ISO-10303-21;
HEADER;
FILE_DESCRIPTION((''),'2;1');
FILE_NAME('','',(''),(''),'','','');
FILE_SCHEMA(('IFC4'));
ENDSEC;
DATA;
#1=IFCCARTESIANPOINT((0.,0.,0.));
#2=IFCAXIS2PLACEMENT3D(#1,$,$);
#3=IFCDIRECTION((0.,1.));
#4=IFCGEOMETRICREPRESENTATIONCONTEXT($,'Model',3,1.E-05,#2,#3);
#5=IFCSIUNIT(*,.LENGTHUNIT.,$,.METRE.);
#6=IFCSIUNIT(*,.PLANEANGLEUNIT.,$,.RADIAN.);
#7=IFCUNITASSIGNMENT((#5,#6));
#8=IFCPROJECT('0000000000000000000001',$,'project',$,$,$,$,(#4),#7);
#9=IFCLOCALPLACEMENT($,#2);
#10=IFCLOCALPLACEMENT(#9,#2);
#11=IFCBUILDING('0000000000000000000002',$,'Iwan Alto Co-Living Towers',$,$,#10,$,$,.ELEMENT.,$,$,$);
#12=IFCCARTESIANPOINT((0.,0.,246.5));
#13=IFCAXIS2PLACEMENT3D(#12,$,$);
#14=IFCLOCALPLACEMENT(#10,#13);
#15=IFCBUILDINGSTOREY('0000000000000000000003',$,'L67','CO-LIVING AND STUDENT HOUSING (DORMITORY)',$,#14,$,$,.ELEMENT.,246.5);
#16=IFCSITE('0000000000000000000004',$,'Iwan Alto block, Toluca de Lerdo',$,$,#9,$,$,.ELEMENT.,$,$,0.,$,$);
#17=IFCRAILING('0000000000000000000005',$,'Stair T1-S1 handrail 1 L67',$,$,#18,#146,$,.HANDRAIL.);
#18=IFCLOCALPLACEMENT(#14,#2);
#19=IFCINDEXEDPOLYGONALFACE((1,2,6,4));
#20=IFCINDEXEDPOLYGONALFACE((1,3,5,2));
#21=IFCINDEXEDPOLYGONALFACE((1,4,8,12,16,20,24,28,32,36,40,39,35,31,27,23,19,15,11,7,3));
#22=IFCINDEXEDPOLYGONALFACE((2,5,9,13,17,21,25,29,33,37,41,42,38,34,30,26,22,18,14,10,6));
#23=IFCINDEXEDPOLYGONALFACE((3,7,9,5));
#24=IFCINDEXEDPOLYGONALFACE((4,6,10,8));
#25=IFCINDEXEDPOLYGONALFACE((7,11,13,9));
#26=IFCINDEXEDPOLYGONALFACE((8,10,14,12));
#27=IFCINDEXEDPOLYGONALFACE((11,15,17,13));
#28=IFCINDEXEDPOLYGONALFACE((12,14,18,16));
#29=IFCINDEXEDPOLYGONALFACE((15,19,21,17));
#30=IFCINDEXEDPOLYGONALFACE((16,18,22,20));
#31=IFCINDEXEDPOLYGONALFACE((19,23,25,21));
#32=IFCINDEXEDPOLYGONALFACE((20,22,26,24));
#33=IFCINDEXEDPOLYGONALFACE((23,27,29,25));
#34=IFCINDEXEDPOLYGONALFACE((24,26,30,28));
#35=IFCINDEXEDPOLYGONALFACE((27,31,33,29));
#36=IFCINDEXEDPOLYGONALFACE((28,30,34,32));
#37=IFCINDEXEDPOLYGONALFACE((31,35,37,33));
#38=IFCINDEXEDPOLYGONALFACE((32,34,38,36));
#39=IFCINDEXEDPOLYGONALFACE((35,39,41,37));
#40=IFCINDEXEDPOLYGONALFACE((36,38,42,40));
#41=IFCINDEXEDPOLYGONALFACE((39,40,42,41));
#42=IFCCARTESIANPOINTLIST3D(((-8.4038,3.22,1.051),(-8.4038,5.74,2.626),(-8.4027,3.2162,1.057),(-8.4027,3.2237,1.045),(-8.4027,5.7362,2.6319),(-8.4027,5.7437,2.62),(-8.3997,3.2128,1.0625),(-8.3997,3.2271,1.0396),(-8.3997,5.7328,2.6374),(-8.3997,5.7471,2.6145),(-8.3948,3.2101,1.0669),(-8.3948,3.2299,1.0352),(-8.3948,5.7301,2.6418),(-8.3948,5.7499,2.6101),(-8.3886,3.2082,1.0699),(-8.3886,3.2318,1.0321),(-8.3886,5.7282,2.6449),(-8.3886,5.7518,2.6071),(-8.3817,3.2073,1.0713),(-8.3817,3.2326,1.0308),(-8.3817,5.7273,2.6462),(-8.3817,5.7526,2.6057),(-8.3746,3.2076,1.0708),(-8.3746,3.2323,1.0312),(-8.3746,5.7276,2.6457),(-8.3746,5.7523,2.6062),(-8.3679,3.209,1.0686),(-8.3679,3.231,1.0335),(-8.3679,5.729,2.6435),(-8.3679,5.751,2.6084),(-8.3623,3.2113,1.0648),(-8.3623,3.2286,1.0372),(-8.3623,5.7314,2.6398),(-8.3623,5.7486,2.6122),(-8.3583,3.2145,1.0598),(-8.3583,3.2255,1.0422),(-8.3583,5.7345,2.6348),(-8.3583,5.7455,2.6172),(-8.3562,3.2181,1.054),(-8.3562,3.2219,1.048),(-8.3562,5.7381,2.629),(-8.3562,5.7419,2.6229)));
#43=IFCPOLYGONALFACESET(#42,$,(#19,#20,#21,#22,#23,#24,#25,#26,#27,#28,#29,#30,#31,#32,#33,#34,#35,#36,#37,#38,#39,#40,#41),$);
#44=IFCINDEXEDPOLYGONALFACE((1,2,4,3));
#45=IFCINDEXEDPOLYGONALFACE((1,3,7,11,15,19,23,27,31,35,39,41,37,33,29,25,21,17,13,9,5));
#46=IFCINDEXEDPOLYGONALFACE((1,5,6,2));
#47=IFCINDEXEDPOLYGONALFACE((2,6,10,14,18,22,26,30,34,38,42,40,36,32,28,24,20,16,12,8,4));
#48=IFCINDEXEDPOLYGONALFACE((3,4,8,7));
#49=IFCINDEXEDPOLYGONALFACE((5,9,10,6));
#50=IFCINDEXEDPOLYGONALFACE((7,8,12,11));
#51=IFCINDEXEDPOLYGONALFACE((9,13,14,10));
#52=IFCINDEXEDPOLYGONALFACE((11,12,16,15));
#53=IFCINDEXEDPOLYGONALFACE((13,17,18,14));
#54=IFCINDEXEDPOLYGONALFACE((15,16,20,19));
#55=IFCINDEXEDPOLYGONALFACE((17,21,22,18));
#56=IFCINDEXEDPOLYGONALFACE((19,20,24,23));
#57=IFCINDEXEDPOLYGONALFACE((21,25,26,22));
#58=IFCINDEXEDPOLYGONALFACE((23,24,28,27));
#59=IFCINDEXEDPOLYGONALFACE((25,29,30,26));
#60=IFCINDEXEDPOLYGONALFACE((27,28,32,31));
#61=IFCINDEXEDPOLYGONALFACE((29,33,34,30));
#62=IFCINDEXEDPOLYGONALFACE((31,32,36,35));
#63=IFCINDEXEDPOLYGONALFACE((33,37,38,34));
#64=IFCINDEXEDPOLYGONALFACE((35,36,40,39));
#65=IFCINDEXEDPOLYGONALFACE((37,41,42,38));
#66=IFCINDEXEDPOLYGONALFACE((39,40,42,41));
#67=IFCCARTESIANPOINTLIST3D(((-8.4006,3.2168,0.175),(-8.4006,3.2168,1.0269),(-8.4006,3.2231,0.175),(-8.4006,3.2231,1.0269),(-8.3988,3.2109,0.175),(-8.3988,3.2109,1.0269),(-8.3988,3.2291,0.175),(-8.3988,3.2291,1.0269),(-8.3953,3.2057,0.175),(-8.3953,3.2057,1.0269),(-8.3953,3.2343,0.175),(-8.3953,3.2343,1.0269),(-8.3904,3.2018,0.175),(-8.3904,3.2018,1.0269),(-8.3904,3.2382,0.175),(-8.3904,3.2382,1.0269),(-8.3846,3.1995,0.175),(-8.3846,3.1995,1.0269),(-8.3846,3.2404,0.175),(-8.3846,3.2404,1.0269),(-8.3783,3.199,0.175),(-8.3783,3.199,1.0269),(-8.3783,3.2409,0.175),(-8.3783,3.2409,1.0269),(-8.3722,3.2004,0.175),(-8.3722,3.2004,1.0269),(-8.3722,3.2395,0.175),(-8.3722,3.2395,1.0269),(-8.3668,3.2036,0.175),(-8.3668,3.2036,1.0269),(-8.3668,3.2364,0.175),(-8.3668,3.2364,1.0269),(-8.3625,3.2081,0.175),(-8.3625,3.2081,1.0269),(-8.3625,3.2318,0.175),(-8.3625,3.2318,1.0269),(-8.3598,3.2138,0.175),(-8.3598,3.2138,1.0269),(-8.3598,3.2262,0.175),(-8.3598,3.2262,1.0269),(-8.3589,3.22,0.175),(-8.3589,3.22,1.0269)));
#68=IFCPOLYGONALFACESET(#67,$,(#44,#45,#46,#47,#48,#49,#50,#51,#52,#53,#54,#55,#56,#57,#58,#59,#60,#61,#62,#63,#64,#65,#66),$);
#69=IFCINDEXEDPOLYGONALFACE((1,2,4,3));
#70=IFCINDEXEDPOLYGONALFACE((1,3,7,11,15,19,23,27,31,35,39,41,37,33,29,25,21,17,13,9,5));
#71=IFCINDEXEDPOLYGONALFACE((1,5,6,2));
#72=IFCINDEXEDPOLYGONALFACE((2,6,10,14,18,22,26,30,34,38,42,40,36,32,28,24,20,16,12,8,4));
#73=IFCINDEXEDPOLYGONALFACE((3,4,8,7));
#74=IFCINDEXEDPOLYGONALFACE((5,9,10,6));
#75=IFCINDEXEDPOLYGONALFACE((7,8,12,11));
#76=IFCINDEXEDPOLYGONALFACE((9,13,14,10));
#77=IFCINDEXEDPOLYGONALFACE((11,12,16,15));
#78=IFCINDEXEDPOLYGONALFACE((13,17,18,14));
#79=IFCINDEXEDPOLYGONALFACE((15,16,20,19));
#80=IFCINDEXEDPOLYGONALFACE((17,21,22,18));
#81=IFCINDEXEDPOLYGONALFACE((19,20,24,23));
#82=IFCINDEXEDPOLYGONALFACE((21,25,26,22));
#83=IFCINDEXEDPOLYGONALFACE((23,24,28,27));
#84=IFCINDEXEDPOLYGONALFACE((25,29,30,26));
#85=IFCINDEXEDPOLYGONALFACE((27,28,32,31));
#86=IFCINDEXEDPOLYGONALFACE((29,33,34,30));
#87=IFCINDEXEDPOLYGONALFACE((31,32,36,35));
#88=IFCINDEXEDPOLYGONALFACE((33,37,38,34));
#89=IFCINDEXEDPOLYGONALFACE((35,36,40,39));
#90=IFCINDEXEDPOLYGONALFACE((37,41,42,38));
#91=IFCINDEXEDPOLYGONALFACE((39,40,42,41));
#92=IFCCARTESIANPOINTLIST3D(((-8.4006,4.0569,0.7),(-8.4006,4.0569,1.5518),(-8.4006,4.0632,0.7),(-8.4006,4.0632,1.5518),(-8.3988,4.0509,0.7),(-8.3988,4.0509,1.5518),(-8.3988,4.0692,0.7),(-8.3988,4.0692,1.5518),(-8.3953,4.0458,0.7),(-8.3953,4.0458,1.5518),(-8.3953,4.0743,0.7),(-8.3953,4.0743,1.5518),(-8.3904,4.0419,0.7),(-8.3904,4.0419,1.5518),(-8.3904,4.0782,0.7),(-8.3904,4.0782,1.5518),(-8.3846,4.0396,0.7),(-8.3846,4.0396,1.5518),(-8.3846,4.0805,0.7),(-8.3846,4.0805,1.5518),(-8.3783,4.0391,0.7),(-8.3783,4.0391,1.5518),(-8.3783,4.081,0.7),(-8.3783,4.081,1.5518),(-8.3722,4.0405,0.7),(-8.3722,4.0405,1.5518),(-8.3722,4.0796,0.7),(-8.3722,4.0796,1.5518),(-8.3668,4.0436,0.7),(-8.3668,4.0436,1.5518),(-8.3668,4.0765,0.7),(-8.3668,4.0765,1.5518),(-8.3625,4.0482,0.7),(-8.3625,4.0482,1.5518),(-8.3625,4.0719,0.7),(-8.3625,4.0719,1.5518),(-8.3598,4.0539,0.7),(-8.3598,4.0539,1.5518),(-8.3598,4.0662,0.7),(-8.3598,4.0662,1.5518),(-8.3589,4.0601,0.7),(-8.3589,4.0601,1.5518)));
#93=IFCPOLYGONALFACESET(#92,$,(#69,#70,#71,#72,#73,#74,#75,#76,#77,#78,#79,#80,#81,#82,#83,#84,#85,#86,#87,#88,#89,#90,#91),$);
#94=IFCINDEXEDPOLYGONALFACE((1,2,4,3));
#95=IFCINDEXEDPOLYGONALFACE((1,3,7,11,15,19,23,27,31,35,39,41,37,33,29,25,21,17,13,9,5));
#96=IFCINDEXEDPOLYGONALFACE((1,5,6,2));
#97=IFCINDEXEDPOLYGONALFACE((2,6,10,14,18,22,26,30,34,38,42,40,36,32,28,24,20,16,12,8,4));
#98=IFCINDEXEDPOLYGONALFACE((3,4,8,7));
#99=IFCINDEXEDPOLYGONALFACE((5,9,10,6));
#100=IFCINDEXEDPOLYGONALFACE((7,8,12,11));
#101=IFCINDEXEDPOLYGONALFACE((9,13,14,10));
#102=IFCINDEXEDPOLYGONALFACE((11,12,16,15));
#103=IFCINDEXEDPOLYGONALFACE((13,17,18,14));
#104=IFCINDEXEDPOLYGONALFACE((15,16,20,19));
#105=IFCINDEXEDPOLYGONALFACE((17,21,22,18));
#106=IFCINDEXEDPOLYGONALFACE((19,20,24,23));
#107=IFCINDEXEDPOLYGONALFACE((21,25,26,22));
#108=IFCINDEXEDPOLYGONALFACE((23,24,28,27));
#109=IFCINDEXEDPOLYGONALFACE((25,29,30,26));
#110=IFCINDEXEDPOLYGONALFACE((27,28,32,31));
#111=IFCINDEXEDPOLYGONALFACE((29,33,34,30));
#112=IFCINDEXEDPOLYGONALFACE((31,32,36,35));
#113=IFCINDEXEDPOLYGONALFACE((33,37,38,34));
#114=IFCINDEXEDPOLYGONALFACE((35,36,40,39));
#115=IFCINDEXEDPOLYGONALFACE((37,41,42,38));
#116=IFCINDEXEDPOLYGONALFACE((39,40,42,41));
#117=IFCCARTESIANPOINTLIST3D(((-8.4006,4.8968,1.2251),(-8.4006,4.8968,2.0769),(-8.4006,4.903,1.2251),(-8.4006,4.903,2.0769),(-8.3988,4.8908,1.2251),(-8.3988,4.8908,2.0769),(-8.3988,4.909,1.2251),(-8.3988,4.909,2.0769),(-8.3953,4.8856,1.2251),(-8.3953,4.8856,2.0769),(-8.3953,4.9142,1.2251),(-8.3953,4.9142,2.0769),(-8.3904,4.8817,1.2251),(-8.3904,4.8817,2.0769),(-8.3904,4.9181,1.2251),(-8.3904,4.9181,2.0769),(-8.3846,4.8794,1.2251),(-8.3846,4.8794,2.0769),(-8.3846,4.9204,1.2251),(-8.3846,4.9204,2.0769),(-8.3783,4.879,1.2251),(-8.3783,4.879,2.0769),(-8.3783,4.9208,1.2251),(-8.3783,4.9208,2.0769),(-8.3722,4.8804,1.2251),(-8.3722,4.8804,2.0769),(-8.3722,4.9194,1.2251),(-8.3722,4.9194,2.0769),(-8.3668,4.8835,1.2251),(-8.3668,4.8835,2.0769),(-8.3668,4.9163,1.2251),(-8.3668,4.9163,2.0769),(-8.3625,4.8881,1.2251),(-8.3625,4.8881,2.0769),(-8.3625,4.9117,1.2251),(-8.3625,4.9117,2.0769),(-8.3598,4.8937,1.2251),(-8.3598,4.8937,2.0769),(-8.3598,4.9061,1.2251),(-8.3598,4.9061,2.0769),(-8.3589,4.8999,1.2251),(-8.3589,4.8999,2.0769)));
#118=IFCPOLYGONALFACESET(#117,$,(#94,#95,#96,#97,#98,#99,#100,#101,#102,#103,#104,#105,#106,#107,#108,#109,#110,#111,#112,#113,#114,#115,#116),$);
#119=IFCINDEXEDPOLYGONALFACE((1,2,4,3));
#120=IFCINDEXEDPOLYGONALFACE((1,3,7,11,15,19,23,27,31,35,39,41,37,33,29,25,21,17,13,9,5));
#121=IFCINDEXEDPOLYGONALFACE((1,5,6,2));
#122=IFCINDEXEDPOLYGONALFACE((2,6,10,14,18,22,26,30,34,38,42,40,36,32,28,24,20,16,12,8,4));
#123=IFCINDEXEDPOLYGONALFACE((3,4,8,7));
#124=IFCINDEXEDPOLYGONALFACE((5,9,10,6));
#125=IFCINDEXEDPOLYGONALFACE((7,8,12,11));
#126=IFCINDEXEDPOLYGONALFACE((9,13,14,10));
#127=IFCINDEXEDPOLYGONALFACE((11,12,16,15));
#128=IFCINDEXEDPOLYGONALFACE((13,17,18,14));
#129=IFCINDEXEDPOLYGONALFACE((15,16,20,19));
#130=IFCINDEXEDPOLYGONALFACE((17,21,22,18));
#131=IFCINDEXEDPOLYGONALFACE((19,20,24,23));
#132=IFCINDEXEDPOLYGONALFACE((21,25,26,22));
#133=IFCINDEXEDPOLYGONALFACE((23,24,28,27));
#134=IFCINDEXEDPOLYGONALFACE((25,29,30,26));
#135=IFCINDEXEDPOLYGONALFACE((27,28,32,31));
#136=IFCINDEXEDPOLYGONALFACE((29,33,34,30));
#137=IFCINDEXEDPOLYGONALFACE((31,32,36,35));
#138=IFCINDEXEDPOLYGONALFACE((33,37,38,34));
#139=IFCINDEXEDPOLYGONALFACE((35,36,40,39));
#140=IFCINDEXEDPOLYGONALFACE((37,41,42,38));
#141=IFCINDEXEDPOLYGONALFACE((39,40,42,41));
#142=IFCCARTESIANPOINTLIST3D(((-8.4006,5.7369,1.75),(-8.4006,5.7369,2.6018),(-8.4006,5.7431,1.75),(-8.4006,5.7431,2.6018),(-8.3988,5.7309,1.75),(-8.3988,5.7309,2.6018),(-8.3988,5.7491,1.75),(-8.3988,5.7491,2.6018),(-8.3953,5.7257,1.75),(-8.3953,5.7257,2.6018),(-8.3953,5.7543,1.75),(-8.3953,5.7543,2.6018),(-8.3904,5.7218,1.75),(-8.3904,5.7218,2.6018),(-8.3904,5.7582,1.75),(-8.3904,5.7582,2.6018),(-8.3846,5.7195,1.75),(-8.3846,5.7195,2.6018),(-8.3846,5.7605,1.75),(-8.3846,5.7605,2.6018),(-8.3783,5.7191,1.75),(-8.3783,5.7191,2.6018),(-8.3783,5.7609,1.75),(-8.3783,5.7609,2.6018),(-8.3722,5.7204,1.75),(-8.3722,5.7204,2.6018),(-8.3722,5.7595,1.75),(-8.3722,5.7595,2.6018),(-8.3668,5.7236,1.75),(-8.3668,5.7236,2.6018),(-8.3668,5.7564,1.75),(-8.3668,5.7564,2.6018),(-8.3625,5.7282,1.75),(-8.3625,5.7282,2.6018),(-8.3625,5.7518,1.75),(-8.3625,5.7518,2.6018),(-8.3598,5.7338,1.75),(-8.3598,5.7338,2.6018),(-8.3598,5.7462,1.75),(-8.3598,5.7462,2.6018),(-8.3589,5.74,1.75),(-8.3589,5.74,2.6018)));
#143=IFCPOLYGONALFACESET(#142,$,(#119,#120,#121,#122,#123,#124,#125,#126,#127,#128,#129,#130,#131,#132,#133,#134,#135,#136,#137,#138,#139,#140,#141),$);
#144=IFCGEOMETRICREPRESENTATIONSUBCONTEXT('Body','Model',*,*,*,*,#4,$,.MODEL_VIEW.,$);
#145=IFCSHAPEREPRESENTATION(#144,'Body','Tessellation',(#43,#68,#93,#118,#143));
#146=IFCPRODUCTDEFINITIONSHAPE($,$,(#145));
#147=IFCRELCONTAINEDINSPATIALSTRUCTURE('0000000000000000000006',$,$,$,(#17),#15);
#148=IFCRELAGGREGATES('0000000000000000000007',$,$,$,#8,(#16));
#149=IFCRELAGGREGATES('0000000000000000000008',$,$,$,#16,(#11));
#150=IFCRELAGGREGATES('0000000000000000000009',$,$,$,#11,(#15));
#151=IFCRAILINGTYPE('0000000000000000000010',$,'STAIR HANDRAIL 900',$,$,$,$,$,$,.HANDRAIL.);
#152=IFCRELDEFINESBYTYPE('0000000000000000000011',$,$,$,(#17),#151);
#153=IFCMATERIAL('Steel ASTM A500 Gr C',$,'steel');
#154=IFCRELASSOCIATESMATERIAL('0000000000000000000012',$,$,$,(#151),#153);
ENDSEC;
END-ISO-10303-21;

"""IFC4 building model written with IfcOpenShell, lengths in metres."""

from ifc_helpers import new_model, si_unit, direction, frame, origin, origin_2d, place, context, subcontext, project, spatial, circle, extrude, material, type_object, element, save


model = new_model("IFC4")

# Units and contexts
model_context = context("Model", 3, precision=1e-05, world=origin(), true_north=direction((0.0, 1.0)))
body_context = subcontext(model_context, "Body", "Model", "MODEL_VIEW")
ifc_project = project(units=[si_unit("LENGTHUNIT", "METRE"), si_unit("PLANEANGLEUNIT", "RADIAN")], contexts=[model_context])

# Site, building, storey
site_placement = place(None, origin())
site = spatial("IfcSite", under=ifc_project, at=site_placement, Name="Iwan Alto block, Toluca de Lerdo", CompositionType="ELEMENT", RefElevation=0.0)
building_placement = place(site_placement, origin())
building = spatial("IfcBuilding", under=site, at=building_placement, Name="Iwan Alto Co-Living Towers", CompositionType="ELEMENT")
storey_placement = place(building_placement, frame((0.0, 0.0, 246.5)))
storey = spatial("IfcBuildingStorey", under=building, at=storey_placement, Name="L67", Description="CO-LIVING AND STUDENT HOUSING (DORMITORY)", CompositionType="ELEMENT", Elevation=246.5)

# Railing
ifc_material_1 = material(Name="Steel ASTM A500 Gr C", Category="steel")
railing_type_1 = type_object("IfcRailingType", Name="STAIR HANDRAIL 900", PredefinedType="HANDRAIL", material=ifc_material_1)
railing_1_placement = place(storey_placement, frame((-8.3799, 3.22, 0.175)))
element("IfcRailing", 1, at=railing_1_placement, inside=storey, type_object=railing_type_1, Name="Stair T1-S1 handrail 1 L67", PredefinedType="HANDRAIL", context=body_context, shape_type="SweptSolid", body=[
    extrude(circle(Radius=0.0239, at=origin_2d()), frame((0.0, 0.0, 0.876), z_axis=(0.0, 0.848008, 0.529984), x_axis=(-1.0, 0.0, 0.0)), (0.0, 0.0, 1.0), 2.9717),
    extrude(circle(Radius=0.021, at=origin_2d()), origin(), (0.0, 0.0, 1.0), 0.8518),
    extrude(circle(Radius=0.021, at=origin_2d()), frame((0.0, 0.8401, 0.5249)), (0.0, 0.0, 1.0), 0.8518),
    extrude(circle(Radius=0.021, at=origin_2d()), frame((0.0, 1.6799, 1.05)), (0.0, 0.0, 1.0), 0.8518),
    extrude(circle(Radius=0.021, at=origin_2d()), frame((0.0, 2.52, 1.575)), (0.0, 0.0, 1.0), 0.8518),
])

save(model, "model.ifc")
